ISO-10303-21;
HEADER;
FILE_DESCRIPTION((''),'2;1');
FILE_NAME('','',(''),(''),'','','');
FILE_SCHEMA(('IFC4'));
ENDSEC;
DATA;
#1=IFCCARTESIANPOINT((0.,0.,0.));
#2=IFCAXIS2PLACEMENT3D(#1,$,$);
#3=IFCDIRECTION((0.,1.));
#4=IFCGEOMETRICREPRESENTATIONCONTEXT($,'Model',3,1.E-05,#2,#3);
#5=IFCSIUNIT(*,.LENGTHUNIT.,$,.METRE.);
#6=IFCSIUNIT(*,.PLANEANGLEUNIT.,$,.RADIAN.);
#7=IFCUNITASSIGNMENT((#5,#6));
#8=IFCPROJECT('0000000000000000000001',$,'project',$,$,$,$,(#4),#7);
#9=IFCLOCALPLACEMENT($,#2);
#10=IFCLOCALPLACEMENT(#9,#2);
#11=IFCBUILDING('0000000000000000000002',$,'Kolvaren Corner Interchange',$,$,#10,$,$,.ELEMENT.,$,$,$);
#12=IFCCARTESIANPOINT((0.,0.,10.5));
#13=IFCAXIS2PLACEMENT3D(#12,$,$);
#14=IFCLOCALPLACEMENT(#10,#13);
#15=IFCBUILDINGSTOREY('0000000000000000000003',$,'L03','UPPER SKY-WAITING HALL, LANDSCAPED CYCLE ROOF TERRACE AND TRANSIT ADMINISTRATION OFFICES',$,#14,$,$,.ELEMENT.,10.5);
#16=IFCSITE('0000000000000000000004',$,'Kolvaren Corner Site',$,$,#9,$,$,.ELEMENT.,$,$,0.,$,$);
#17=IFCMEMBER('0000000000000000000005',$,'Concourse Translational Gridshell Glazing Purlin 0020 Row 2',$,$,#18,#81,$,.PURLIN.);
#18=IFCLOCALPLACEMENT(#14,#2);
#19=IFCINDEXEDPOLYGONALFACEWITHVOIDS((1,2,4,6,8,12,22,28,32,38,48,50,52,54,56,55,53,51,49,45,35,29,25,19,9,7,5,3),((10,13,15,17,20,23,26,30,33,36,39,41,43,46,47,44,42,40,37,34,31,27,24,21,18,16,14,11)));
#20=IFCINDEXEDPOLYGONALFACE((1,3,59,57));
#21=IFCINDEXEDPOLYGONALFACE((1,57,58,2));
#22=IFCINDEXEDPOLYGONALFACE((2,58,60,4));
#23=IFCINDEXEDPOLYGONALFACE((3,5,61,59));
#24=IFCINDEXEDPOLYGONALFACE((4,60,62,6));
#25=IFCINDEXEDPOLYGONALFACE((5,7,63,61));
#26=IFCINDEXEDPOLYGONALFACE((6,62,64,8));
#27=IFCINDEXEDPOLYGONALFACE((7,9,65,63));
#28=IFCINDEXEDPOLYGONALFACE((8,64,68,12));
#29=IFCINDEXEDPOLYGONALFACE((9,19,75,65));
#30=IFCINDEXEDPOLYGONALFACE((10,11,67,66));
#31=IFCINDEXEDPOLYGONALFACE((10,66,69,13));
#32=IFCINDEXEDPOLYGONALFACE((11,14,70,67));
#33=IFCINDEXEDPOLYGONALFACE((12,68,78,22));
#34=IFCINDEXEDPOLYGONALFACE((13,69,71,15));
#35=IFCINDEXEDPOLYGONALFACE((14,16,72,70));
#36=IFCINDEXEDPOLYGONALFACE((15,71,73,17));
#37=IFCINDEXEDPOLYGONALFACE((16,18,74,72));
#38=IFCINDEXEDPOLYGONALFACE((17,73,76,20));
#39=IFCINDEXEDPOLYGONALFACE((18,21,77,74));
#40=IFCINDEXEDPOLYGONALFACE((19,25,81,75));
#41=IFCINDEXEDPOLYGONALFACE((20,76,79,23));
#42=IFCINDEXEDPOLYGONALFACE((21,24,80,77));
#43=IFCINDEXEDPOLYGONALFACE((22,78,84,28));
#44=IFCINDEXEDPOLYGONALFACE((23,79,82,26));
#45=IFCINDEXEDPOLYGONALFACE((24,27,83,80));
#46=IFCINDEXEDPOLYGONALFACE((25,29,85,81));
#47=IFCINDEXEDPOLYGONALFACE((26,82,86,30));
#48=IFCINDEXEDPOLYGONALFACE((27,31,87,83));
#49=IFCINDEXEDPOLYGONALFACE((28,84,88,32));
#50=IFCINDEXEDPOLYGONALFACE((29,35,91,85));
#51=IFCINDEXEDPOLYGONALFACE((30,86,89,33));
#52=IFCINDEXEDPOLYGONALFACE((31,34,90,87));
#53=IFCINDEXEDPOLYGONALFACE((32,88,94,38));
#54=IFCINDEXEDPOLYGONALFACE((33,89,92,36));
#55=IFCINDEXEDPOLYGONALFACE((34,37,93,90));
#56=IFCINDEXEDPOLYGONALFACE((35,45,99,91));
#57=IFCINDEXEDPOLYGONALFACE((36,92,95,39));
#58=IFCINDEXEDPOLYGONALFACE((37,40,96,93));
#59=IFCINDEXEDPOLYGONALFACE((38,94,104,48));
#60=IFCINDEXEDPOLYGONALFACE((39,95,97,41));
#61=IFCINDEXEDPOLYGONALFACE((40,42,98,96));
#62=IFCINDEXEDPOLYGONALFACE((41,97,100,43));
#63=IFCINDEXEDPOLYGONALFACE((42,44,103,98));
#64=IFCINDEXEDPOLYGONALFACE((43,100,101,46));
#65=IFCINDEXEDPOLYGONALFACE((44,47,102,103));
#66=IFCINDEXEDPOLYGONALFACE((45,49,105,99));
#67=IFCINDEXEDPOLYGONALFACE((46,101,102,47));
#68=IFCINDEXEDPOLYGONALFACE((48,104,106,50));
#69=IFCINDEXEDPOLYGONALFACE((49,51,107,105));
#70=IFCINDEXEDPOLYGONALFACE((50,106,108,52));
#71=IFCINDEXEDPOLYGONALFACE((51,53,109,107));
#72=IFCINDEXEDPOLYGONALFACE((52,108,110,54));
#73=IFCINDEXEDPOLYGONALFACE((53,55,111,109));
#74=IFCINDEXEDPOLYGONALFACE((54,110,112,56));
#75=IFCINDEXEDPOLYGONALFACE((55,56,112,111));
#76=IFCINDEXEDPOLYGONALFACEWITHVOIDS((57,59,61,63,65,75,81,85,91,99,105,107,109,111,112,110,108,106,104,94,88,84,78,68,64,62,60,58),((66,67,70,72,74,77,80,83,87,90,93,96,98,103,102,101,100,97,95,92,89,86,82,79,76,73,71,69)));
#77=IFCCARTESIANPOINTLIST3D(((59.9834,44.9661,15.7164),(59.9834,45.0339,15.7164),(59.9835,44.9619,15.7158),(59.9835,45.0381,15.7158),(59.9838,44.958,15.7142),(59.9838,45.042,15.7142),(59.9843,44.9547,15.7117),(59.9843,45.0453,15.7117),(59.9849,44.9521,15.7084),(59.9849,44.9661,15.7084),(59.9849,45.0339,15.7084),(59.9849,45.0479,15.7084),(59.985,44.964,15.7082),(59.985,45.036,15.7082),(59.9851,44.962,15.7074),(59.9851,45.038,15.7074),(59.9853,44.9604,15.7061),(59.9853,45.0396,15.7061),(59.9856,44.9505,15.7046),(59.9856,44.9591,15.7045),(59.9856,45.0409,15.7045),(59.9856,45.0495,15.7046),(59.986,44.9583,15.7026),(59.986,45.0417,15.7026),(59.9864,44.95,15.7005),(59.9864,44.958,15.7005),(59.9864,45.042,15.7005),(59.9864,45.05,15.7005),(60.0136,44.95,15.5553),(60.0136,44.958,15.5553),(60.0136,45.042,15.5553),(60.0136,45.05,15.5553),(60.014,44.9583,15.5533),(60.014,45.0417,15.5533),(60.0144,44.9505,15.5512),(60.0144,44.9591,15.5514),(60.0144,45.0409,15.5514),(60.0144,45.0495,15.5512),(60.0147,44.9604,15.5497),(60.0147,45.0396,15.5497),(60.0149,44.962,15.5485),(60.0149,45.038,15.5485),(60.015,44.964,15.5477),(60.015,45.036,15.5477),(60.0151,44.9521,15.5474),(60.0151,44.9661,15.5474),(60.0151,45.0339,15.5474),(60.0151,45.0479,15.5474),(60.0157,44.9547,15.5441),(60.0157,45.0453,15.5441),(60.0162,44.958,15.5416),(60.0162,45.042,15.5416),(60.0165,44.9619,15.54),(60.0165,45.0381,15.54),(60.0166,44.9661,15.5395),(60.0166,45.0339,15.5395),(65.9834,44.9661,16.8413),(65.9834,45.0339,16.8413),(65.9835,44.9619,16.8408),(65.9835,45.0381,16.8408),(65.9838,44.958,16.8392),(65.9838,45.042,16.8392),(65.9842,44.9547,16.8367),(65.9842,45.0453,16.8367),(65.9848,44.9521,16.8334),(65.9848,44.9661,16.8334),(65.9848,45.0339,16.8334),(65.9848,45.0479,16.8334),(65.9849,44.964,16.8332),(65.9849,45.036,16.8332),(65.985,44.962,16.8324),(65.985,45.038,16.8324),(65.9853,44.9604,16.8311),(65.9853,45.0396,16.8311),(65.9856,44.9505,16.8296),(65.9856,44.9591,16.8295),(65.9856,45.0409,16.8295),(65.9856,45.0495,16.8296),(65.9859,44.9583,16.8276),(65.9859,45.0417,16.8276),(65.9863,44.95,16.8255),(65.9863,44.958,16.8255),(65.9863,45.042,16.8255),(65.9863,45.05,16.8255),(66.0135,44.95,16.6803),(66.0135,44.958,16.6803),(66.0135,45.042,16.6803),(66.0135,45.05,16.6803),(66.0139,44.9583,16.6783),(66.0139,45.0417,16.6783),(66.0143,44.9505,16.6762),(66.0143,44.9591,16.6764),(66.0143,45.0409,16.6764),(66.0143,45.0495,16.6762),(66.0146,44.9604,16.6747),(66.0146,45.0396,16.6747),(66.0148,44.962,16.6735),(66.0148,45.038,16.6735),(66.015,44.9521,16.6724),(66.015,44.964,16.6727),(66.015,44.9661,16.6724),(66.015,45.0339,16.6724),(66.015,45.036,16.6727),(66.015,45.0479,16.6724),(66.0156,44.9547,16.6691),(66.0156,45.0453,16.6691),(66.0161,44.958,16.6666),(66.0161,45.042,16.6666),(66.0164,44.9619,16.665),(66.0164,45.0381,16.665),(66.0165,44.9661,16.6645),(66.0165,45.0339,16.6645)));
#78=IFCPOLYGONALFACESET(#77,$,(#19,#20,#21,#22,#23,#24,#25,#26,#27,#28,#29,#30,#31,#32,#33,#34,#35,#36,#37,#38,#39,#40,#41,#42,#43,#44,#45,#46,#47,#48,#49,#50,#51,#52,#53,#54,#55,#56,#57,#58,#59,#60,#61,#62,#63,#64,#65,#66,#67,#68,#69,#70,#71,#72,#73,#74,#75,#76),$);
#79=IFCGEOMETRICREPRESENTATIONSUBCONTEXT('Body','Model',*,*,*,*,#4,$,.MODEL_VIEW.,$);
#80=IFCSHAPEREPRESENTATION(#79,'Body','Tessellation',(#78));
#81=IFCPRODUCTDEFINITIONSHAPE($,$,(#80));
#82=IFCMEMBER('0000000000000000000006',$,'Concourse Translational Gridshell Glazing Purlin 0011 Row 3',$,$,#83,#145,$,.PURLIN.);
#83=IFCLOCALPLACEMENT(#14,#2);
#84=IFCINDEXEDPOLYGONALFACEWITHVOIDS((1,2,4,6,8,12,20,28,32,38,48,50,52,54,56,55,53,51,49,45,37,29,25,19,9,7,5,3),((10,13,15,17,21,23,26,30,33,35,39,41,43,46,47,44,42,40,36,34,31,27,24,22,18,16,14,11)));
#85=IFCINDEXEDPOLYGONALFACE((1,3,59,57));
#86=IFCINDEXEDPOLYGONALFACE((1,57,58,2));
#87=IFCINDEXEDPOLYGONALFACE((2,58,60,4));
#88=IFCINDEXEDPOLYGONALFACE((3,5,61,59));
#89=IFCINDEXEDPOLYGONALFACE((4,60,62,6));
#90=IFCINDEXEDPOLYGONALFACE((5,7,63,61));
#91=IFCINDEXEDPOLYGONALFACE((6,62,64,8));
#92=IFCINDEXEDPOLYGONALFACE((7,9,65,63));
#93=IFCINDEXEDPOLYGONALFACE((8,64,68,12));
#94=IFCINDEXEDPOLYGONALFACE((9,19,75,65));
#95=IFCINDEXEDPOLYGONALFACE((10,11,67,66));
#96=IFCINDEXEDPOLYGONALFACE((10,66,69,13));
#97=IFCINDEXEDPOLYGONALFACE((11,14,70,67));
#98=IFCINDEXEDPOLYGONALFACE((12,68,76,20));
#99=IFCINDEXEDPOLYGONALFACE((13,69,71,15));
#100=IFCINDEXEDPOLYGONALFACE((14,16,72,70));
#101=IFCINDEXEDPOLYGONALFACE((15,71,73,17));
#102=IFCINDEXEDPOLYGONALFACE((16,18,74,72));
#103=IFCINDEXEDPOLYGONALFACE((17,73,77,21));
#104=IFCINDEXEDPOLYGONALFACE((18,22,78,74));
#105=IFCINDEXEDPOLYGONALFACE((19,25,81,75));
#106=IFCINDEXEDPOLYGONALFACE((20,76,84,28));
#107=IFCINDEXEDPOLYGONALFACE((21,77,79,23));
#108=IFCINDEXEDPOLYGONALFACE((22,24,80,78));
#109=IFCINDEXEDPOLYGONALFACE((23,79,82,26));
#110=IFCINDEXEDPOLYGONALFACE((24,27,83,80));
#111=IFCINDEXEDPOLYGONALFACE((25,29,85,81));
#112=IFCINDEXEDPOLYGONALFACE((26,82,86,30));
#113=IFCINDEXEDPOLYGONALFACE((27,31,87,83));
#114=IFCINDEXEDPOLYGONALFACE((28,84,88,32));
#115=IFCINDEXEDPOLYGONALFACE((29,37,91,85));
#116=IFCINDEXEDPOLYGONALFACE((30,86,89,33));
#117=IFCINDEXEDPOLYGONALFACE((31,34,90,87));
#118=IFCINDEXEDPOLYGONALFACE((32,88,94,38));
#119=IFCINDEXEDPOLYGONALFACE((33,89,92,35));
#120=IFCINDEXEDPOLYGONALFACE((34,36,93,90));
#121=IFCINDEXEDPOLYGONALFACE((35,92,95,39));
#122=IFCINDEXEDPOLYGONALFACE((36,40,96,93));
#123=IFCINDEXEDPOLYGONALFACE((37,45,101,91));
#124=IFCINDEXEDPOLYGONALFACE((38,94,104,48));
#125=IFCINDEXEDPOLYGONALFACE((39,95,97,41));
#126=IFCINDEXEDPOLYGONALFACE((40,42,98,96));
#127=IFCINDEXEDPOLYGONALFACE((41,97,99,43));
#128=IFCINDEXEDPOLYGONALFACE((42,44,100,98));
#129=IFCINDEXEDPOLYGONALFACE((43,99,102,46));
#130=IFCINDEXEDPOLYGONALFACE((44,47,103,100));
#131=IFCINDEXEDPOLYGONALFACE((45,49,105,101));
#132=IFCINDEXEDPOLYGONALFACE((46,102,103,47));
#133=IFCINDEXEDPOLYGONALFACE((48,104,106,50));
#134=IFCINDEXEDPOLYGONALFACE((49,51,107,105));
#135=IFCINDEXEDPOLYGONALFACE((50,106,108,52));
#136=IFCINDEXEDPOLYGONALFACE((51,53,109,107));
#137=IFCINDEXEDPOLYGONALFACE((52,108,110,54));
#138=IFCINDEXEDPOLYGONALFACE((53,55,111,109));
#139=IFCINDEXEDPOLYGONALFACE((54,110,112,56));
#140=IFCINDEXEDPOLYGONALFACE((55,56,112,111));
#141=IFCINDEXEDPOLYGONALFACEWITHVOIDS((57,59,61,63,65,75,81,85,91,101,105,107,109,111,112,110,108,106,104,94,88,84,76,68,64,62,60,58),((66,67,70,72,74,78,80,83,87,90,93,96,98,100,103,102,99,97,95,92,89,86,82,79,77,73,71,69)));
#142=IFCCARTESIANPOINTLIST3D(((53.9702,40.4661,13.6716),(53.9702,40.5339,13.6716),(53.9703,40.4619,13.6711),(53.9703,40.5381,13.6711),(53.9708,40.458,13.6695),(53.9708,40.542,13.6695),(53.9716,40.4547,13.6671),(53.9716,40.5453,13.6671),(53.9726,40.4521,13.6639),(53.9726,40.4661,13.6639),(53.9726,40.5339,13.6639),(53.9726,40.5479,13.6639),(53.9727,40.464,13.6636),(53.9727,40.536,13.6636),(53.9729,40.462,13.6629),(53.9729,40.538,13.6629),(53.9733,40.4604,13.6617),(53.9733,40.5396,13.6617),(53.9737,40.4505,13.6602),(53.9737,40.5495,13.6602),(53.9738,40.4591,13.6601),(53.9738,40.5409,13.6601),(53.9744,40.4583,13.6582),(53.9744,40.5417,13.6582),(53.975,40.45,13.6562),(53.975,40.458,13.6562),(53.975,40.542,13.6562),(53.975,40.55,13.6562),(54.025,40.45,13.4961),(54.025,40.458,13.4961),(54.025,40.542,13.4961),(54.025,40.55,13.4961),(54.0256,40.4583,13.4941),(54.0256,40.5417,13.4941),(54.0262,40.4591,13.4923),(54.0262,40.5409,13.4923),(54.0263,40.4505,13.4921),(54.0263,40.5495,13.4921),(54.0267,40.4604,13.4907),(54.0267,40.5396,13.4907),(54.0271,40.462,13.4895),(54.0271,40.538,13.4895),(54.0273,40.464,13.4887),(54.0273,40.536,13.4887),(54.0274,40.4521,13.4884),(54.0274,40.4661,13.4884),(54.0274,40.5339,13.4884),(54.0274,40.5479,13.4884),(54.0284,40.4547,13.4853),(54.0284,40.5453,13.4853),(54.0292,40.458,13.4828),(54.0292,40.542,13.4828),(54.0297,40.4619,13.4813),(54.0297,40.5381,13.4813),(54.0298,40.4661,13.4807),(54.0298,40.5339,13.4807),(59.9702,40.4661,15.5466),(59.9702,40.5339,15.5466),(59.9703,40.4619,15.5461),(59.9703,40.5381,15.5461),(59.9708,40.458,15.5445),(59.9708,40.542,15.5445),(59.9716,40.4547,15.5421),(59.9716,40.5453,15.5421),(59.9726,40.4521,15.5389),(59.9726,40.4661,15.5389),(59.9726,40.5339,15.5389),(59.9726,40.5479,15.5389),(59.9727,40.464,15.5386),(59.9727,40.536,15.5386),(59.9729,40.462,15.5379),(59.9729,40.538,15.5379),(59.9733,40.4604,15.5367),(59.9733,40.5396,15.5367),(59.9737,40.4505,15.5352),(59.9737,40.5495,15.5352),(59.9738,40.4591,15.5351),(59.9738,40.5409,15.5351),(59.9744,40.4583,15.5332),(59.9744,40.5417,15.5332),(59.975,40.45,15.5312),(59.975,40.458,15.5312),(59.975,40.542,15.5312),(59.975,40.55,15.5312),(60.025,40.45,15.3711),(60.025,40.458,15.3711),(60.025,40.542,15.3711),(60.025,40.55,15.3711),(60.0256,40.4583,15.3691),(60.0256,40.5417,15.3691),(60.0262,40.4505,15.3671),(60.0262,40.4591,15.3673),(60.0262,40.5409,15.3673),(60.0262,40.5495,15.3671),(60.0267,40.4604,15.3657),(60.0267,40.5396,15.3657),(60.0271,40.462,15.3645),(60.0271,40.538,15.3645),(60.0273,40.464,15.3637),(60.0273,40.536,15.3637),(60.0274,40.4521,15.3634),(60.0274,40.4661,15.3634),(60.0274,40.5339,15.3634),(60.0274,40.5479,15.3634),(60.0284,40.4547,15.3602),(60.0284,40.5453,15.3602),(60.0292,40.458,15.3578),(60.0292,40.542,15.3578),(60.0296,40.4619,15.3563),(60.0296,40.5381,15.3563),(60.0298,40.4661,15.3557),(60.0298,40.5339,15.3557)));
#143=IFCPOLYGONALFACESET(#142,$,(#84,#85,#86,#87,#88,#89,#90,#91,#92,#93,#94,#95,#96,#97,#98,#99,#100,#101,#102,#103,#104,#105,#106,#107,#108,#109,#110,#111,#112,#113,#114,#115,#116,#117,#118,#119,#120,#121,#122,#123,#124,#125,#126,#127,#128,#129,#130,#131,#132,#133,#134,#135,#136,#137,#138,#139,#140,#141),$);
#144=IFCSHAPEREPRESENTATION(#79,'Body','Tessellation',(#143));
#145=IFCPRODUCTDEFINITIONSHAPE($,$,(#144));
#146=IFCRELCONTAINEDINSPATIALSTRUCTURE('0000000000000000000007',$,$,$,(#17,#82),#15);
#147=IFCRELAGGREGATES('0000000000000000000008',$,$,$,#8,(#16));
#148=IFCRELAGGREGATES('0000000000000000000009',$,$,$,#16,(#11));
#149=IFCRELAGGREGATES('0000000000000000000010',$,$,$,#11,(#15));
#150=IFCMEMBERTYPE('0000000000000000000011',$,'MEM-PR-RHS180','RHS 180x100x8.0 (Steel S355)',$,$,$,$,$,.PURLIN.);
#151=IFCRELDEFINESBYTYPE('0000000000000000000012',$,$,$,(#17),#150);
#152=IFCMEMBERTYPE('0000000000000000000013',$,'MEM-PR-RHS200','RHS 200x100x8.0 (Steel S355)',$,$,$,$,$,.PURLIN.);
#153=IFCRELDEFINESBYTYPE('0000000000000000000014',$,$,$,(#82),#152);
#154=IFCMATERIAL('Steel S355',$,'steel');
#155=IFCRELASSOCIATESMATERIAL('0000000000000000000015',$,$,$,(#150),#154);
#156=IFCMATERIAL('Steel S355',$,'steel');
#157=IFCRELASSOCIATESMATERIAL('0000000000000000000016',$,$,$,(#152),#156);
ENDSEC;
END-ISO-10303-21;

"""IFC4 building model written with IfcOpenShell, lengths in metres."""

from ifc_helpers import new_model, si_unit, direction, frame, origin, origin_2d, place, context, subcontext, project, spatial, hollow_rectangle, extrude, material, material_profile, profile_set, type_object, element, save


model = new_model("IFC4")

# Units and contexts
model_context = context("Model", 3, precision=1e-05, world=origin(), true_north=direction((0.0, 1.0)))
body_context = subcontext(model_context, "Body", "Model", "MODEL_VIEW")
ifc_project = project(units=[si_unit("LENGTHUNIT", "METRE"), si_unit("PLANEANGLEUNIT", "RADIAN")], contexts=[model_context])

# Site, building, storey
site_placement = place(None, origin())
site = spatial("IfcSite", under=ifc_project, at=site_placement, Name="Kolvaren Corner Site", CompositionType="ELEMENT", RefElevation=0.0)
building_placement = place(site_placement, origin())
building = spatial("IfcBuilding", under=site, at=building_placement, Name="Kolvaren Corner Interchange", CompositionType="ELEMENT")
storey_placement = place(building_placement, frame((0.0, 0.0, 10.5)))
storey = spatial("IfcBuildingStorey", under=building, at=storey_placement, Name="L03", Description="UPPER SKY-WAITING HALL, LANDSCAPED CYCLE ROOF TERRACE AND TRANSIT ADMINISTRATION OFFICES", CompositionType="ELEMENT", Elevation=10.5)

# Members
ifc_material_1 = material(Name="Steel S355", Category="steel")
ifc_material_profile_1 = material_profile(ifc_material_1, hollow_rectangle(XDim=0.1001, YDim=0.1799, WallThickness=0.0081, InnerFilletRadius=0.0081, OuterFilletRadius=0.0161, at=origin_2d()), Name="RHS 180x100x8.0")
ifc_profile_set_1 = profile_set([ifc_material_profile_1], Name="Steel S355")
member_type_1 = type_object("IfcMemberType", Name="MEM-PR-RHS180", Description="RHS 180x100x8.0 (Steel S355)", PredefinedType="PURLIN", material=ifc_profile_set_1)
for number, where, z_axis, x_axis, name in (
    (1, (60.0, 45.0, 15.6279), (0.982872, 0.0, 0.184289), (0.0, 1.0, 0.0), "Concourse Translational Gridshell Glazing Purlin 0020 Row 2"),
):
    element("IfcMember", number, at=place(storey_placement, frame(where, z_axis=z_axis, x_axis=x_axis)), inside=storey, type_object=member_type_1, Name=name, PredefinedType="PURLIN", context=body_context, shape_type="SweptSolid", body=[
        extrude(hollow_rectangle(XDim=0.1001, YDim=0.1799, WallThickness=0.0081, InnerFilletRadius=0.0081, OuterFilletRadius=0.0161, at=origin_2d()), origin(), (0.0, 0.0, 1.0), 6.1045),
    ])
ifc_material_2 = material(Name="Steel S355", Category="steel")
ifc_material_profile_2 = material_profile(ifc_material_2, hollow_rectangle(XDim=0.1001, YDim=0.2, WallThickness=0.0081, InnerFilletRadius=0.0081, OuterFilletRadius=0.0161, at=origin_2d()), Name="RHS 200x100x8.0")
ifc_profile_set_2 = profile_set([ifc_material_profile_2], Name="Steel S355")
member_type_2 = type_object("IfcMemberType", Name="MEM-PR-RHS200", Description="RHS 200x100x8.0 (Steel S355)", PredefinedType="PURLIN", material=ifc_profile_set_2)
for number, where, z_axis, x_axis, name in (
    (2, (54.0, 40.5, 13.5762), (0.95448, 0.0, 0.298275), (0.0, 1.0, 0.0), "Concourse Translational Gridshell Glazing Purlin 0011 Row 3"),
):
    element("IfcMember", number, at=place(storey_placement, frame(where, z_axis=z_axis, x_axis=x_axis)), inside=storey, type_object=member_type_2, Name=name, PredefinedType="PURLIN", context=body_context, shape_type="SweptSolid", body=[
        extrude(hollow_rectangle(XDim=0.1001, YDim=0.2, WallThickness=0.0081, InnerFilletRadius=0.0081, OuterFilletRadius=0.0161, at=origin_2d()), origin(), (0.0, 0.0, 1.0), 6.2861),
    ])

save(model, "model.ifc")
